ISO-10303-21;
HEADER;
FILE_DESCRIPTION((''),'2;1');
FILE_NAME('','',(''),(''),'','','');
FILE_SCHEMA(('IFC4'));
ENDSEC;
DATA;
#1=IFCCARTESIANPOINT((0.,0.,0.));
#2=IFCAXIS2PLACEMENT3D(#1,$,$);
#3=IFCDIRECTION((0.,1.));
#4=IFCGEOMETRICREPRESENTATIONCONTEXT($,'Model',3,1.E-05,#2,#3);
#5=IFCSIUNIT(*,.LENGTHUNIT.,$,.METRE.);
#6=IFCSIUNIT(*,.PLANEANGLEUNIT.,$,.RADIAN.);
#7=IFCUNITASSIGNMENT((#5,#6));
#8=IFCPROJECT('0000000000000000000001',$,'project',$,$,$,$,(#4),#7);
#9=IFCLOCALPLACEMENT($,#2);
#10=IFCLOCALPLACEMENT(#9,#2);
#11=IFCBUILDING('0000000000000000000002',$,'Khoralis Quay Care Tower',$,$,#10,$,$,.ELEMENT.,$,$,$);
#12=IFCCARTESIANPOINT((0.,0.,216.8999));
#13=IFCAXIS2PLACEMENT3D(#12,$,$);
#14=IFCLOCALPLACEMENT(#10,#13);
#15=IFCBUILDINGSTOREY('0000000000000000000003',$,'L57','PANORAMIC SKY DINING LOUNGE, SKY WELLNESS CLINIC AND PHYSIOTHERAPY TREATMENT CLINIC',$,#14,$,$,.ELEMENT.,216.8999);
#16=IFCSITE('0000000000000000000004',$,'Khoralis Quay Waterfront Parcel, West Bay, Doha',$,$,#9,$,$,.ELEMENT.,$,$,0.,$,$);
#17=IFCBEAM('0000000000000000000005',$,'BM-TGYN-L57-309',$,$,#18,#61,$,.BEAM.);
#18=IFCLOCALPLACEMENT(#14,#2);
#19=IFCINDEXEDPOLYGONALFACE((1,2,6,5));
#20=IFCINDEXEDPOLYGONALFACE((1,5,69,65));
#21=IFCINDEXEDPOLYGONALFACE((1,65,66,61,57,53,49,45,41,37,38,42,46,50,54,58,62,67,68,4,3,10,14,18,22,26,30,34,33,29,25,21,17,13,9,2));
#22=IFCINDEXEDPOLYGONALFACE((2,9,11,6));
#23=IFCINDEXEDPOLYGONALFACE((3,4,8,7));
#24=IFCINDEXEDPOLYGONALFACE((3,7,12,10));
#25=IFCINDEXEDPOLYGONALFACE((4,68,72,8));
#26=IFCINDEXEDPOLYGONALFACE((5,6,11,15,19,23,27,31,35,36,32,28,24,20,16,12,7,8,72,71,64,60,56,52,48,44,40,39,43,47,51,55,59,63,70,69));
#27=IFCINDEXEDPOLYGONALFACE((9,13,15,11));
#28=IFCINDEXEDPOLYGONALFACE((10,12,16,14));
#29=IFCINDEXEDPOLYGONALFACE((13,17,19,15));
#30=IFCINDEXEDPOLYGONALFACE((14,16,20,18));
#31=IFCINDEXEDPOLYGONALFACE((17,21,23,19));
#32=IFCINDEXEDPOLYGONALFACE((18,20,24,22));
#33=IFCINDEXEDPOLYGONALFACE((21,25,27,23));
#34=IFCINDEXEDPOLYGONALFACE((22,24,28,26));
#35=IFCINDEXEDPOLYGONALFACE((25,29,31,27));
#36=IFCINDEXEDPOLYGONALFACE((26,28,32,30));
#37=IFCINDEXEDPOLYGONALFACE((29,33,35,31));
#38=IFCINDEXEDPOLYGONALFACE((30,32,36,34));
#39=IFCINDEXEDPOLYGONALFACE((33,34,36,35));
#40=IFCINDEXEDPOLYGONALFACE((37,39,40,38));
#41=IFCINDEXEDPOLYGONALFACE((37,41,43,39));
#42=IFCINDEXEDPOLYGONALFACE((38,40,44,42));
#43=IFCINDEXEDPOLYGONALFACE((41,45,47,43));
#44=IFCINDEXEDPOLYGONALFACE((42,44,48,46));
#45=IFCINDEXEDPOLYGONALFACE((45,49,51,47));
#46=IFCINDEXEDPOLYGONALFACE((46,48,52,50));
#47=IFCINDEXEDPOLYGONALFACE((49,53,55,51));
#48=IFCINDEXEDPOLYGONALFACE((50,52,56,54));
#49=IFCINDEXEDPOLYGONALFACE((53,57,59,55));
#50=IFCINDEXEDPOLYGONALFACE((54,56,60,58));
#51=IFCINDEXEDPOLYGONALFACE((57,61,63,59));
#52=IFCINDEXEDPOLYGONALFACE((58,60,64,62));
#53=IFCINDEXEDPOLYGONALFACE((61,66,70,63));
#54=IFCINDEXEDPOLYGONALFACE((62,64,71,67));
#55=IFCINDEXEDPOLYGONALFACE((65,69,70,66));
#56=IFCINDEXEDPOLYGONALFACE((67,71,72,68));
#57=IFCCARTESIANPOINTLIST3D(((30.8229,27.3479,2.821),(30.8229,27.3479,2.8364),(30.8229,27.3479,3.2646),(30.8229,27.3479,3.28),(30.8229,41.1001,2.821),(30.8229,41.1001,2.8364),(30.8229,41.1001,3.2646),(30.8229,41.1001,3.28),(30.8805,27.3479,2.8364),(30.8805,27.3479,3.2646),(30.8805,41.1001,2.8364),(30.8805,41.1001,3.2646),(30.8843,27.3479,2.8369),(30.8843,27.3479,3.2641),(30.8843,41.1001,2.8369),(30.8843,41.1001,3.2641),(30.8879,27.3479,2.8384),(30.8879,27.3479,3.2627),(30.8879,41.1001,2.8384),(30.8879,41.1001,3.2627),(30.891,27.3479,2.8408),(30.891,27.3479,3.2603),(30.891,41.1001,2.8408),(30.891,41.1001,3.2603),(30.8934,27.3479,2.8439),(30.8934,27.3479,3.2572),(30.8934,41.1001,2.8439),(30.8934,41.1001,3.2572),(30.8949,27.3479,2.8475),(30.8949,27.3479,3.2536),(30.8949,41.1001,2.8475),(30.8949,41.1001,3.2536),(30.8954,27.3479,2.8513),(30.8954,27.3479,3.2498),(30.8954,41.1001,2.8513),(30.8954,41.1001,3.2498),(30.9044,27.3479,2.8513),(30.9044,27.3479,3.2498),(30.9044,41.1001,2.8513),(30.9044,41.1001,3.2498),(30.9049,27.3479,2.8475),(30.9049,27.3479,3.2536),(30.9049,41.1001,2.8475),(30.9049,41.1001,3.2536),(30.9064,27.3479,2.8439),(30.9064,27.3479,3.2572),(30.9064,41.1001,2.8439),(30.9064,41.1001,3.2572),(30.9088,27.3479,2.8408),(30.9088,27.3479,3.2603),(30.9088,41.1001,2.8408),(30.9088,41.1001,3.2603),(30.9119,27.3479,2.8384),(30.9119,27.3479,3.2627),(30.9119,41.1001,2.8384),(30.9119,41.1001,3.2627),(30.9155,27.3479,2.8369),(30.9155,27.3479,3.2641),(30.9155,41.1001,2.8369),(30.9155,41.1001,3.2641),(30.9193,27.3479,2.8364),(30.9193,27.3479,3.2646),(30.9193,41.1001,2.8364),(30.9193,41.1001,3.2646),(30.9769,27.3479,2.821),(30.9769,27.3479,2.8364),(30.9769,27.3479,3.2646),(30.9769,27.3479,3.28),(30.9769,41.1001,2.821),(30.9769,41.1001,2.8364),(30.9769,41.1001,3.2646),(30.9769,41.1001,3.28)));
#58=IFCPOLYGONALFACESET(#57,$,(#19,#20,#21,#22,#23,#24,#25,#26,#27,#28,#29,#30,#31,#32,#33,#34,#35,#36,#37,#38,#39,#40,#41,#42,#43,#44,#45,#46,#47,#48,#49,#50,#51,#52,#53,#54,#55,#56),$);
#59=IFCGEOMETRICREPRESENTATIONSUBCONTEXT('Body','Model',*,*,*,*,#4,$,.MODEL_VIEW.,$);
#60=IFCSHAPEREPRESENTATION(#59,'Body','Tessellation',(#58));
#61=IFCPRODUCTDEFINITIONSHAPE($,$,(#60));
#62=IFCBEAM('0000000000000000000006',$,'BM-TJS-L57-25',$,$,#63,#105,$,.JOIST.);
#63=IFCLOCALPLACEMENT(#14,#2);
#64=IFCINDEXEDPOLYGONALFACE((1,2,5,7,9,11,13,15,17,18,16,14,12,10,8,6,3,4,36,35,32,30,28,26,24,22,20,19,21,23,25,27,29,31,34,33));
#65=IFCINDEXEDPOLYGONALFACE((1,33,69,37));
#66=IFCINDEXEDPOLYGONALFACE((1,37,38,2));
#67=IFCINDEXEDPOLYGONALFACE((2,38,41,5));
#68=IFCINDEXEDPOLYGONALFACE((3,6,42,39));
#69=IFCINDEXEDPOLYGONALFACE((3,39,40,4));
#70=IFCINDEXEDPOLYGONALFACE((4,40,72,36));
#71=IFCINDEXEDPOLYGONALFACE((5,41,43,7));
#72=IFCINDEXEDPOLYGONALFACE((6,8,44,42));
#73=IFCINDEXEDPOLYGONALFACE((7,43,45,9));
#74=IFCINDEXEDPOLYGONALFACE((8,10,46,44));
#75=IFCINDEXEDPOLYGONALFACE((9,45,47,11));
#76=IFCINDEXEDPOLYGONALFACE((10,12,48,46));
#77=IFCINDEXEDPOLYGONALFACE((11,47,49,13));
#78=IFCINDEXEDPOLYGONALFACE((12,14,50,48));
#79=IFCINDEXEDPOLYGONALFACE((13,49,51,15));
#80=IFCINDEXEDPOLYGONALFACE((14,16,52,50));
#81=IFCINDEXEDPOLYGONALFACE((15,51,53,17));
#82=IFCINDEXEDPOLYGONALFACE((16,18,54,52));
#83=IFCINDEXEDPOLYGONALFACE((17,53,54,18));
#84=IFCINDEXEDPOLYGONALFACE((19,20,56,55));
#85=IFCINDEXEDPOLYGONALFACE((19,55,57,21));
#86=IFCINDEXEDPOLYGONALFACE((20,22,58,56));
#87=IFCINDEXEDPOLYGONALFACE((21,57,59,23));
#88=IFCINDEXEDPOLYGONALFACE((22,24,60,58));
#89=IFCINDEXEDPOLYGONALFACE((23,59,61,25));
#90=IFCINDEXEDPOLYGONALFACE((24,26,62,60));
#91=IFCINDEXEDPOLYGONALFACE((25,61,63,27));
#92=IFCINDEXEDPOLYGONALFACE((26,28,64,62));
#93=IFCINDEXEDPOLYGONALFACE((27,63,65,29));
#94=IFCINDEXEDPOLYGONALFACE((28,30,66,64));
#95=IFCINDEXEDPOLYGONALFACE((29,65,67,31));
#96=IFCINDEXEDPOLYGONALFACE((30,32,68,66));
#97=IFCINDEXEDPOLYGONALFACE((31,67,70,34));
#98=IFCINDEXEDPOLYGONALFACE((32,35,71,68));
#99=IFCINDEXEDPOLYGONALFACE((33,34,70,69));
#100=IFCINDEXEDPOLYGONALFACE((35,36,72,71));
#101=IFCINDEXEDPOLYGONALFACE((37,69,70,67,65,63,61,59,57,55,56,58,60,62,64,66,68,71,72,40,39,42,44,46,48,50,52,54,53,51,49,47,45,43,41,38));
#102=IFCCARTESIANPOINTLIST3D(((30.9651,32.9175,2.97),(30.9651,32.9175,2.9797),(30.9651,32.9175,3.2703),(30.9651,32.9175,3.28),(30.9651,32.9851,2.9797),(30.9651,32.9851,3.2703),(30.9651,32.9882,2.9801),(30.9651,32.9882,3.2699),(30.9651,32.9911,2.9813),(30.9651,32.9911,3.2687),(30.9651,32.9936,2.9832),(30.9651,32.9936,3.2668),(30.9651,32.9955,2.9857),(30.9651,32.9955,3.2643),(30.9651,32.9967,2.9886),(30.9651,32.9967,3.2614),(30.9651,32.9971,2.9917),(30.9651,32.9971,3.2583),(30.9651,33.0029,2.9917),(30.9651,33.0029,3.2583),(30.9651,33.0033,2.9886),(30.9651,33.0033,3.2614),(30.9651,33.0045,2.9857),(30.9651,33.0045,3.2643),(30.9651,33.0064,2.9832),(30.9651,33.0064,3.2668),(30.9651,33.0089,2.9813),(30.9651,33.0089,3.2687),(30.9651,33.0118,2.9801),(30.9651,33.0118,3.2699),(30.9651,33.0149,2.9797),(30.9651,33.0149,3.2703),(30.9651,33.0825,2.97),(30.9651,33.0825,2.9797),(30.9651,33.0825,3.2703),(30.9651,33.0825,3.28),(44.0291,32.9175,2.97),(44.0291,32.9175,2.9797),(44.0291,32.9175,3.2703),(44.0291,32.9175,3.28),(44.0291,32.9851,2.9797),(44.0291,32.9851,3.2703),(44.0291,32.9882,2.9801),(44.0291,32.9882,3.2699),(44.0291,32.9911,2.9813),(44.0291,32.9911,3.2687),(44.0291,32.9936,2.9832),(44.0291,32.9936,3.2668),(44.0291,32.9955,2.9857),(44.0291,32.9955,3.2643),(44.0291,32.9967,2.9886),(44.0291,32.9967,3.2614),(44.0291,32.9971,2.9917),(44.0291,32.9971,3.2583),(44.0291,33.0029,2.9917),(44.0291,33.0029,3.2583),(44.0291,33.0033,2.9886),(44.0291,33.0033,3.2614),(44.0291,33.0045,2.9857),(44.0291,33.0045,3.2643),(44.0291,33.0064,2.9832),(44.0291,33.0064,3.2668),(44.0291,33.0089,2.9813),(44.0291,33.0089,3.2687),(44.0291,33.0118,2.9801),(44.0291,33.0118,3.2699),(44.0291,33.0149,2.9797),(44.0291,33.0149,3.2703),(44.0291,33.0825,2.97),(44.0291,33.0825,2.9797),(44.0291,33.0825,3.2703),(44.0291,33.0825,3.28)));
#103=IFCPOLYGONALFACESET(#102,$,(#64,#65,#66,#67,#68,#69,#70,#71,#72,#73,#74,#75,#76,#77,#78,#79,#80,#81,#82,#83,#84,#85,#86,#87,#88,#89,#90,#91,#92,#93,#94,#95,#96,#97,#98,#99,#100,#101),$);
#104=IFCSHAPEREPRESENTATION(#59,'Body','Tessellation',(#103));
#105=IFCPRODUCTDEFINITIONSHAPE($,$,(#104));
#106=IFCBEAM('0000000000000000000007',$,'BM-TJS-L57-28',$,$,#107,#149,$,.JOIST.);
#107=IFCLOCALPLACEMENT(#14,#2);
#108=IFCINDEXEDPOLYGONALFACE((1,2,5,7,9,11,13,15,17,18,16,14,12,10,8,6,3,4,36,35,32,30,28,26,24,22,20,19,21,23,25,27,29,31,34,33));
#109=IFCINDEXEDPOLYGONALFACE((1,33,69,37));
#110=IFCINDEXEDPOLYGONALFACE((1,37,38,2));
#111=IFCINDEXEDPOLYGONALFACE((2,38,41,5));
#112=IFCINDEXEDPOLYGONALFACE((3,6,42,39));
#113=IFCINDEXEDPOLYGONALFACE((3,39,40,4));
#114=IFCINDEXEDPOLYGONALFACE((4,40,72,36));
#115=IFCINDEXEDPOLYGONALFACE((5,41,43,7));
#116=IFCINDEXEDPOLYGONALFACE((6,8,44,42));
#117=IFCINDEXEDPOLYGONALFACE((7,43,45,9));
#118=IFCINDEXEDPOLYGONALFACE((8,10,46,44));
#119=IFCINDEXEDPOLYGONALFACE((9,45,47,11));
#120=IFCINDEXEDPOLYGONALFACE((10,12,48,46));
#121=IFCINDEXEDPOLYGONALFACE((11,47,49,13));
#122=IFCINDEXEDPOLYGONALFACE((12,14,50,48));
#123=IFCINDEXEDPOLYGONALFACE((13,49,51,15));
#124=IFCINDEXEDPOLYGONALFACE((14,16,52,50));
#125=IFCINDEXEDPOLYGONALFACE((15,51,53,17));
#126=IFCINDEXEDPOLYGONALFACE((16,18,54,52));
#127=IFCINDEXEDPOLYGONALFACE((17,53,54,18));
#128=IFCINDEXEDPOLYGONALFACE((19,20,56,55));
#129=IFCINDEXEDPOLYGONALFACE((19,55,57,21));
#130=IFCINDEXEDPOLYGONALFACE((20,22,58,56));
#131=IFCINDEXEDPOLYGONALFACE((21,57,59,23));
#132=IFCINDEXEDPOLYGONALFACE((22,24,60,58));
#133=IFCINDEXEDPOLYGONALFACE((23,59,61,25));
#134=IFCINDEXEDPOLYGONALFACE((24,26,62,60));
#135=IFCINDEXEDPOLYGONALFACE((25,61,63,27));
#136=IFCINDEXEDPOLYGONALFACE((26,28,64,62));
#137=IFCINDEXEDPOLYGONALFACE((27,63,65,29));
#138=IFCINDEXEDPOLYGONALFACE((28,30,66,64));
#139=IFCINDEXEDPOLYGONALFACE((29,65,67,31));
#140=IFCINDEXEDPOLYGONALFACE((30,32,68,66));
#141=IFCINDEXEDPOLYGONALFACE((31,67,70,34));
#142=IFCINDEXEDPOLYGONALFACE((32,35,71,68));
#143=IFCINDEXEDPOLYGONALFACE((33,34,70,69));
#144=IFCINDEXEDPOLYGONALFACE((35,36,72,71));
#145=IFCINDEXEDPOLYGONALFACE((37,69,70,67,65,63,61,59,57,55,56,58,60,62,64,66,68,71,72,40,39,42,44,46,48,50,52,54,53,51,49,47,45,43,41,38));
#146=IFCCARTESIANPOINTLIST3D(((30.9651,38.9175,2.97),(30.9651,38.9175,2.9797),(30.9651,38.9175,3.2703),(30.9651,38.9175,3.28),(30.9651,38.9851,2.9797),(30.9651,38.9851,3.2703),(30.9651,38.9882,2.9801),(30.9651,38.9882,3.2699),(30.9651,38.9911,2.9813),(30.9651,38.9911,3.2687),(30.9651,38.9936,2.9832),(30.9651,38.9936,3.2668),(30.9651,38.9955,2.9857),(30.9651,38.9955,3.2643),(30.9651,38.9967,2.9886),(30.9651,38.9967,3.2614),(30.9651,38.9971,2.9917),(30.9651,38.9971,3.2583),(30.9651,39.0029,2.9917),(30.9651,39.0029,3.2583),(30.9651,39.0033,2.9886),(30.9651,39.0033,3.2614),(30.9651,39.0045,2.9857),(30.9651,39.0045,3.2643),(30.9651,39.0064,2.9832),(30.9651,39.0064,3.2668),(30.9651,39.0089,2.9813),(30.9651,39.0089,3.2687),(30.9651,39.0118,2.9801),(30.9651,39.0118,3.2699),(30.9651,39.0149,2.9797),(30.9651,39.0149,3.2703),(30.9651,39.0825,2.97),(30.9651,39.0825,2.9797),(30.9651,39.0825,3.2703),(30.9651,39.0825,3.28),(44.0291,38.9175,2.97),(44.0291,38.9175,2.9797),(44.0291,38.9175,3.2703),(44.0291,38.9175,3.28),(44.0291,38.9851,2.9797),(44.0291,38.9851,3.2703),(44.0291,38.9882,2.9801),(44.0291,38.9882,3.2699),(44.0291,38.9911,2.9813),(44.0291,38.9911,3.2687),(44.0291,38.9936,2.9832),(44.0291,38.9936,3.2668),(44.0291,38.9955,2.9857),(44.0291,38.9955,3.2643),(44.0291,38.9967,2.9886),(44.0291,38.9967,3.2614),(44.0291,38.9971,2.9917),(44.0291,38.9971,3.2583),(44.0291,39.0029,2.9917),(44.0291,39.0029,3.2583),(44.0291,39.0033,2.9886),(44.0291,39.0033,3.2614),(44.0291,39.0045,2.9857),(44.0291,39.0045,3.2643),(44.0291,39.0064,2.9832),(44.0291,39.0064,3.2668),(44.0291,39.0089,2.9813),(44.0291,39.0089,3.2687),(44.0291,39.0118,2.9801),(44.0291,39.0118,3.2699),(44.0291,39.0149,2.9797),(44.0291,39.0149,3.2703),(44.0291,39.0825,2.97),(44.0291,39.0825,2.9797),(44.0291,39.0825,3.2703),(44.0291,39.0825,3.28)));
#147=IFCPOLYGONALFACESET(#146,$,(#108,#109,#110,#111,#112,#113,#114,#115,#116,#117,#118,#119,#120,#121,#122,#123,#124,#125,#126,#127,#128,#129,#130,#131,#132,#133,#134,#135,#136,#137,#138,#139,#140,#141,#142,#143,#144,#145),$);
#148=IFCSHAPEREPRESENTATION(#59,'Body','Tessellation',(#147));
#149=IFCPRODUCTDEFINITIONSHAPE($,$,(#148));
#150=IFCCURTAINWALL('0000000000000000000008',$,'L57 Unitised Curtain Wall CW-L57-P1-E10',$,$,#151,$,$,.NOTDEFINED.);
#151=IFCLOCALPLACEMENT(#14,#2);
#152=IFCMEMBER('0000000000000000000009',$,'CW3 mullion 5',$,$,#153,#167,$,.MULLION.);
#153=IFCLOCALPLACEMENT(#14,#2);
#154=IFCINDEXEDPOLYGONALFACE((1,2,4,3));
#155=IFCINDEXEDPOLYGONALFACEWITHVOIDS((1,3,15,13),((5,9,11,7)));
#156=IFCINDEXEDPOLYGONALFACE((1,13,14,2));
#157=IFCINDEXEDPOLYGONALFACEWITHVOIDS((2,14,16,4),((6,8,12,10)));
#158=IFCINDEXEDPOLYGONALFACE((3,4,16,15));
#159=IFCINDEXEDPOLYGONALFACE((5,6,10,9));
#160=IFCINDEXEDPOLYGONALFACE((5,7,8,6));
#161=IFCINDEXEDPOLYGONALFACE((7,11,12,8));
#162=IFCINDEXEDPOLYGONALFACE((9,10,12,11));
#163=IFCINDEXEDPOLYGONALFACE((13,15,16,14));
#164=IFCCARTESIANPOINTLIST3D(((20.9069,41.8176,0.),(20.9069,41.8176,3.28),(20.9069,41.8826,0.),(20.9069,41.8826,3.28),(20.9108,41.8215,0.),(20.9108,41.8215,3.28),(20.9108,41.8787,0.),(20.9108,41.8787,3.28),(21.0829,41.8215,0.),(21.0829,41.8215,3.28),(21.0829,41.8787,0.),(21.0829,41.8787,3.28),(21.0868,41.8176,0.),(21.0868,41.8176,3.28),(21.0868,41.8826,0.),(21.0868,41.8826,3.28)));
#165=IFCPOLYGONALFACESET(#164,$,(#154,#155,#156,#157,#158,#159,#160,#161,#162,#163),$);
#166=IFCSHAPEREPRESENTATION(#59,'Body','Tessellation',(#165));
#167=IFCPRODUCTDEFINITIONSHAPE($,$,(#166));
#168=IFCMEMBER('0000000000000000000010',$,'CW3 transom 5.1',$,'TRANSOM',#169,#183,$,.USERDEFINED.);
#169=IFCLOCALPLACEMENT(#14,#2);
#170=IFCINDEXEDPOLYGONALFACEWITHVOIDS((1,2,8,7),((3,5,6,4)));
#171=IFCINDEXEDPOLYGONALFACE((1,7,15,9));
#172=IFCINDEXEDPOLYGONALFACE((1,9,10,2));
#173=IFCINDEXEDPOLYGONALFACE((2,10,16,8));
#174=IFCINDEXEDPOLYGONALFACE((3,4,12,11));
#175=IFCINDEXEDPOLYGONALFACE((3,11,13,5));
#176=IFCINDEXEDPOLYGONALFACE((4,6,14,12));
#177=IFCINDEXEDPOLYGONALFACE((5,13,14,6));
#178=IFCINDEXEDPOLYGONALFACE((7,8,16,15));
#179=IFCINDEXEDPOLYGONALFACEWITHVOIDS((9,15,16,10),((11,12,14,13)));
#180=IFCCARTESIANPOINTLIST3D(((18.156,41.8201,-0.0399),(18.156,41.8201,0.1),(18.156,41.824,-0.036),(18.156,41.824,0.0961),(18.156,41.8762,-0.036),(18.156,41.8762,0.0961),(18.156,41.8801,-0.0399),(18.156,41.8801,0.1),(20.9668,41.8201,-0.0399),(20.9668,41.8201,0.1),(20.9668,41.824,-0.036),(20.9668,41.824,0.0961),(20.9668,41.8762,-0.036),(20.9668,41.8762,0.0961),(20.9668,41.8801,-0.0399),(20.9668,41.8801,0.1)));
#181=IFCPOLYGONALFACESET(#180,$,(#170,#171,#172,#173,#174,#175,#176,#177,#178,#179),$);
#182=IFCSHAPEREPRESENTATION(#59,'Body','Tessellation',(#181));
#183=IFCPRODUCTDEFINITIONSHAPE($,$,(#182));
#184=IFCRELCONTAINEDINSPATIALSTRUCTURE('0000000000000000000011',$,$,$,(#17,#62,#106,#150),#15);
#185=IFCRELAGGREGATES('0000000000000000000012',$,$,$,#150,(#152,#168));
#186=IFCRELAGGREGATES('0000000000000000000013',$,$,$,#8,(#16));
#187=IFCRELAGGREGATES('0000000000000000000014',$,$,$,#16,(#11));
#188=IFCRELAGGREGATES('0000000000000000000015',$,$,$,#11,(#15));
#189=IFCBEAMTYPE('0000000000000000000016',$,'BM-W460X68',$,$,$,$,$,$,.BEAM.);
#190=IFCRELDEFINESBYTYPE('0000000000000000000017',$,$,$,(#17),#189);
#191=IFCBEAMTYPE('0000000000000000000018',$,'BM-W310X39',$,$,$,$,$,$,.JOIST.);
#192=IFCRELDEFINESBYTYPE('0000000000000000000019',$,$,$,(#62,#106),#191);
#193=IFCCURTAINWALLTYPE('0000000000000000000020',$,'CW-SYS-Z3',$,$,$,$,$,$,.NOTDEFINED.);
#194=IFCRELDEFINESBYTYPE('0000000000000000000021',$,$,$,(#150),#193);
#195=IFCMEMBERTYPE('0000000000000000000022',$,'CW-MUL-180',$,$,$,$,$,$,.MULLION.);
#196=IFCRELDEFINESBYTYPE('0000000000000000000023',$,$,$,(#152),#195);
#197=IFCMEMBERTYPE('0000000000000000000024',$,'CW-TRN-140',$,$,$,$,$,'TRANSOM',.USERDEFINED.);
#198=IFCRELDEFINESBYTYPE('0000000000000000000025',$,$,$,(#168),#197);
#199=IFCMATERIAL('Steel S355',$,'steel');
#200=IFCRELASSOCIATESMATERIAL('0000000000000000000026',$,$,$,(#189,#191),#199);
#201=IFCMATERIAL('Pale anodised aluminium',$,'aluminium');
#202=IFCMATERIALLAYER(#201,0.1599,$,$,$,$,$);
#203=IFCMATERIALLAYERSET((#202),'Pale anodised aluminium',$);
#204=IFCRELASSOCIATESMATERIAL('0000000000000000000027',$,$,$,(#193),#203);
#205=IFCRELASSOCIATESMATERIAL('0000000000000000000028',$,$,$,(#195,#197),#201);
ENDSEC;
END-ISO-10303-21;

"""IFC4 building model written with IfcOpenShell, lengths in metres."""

from ifc_helpers import new_model, si_unit, direction, frame, origin, origin_2d, place, context, subcontext, project, spatial, hollow_rectangle, i_section, extrude, source, transform, mapped, material, layer, layer_set, material_profile, profile_set, type_object, element, aggregate, save


model = new_model("IFC4")

# Units and contexts
model_context = context("Model", 3, precision=1e-05, world=origin(), true_north=direction((0.0, 1.0)))
body_context = subcontext(model_context, "Body", "Model", "MODEL_VIEW")
ifc_project = project(units=[si_unit("LENGTHUNIT", "METRE"), si_unit("PLANEANGLEUNIT", "RADIAN")], contexts=[model_context])

# Site, building, storey
site_placement = place(None, origin())
site = spatial("IfcSite", under=ifc_project, at=site_placement, Name="Khoralis Quay Waterfront Parcel, West Bay, Doha", CompositionType="ELEMENT", RefElevation=0.0)
building_placement = place(site_placement, origin())
building = spatial("IfcBuilding", under=site, at=building_placement, Name="Khoralis Quay Care Tower", CompositionType="ELEMENT")
storey_placement = place(building_placement, frame((0.0, 0.0, 216.8999)))
storey = spatial("IfcBuildingStorey", under=building, at=storey_placement, Name="L57", Description="PANORAMIC SKY DINING LOUNGE, SKY WELLNESS CLINIC AND PHYSIOTHERAPY TREATMENT CLINIC", CompositionType="ELEMENT", Elevation=216.8999)

# Beams
ifc_material_1 = material(Name="Steel S355", Category="steel")
ifc_material_profile_1 = material_profile(ifc_material_1, i_section(OverallWidth=0.1541, OverallDepth=0.459, WebThickness=0.009, FlangeThickness=0.0154, FilletRadius=0.0149, at=origin_2d()), Name="Steel S355")
ifc_profile_set_1 = profile_set([ifc_material_profile_1], Name="Steel S355")
beam_type_1 = type_object("IfcBeamType", Name="BM-W460X68", PredefinedType="BEAM", material=ifc_profile_set_1)
shared_shape_1 = source(origin(), body_context, "Body", "SweptSolid", [
    extrude(i_section(OverallWidth=0.1541, OverallDepth=0.459, WebThickness=0.009, FlangeThickness=0.0154, FilletRadius=0.0149, at=origin_2d()), origin(), (0.0, 0.0, 1.0), 13.7522),
])
beam_1_placement = place(storey_placement, frame((30.8999, 27.3479, 3.0505), z_axis=(0.0, 1.0, 0.0), x_axis=(-1.0, 0.0, 0.0)))
element("IfcBeam", 1, at=beam_1_placement, inside=storey, type_object=beam_type_1, Name="BM-TGYN-L57-309", PredefinedType="BEAM", context=body_context, shape_type="MappedRepresentation", body=[
    mapped(shared_shape_1, transform((0.0, 0.0, 0.0), scale=1.0)),
])
ifc_material_profile_2 = material_profile(ifc_material_1, i_section(OverallWidth=0.165, OverallDepth=0.3101, WebThickness=0.0059, FlangeThickness=0.0098, FilletRadius=0.012, at=origin_2d()), Name="Steel S355")
ifc_profile_set_2 = profile_set([ifc_material_profile_2], Name="Steel S355")
beam_type_2 = type_object("IfcBeamType", Name="BM-W310X39", PredefinedType="JOIST", material=ifc_profile_set_2)
shared_shape_2 = source(origin(), body_context, "Body", "SweptSolid", [
    extrude(i_section(OverallWidth=0.165, OverallDepth=0.3101, WebThickness=0.0059, FlangeThickness=0.0098, FilletRadius=0.012, at=origin_2d()), origin(), (0.0, 0.0, 1.0), 13.064),
])
for number, where, z_axis, x_axis, name in (
    (2, (30.9651, 33.0, 3.125), (1.0, 0.0, 0.0), (0.0, 1.0, 0.0), "BM-TJS-L57-25"),
    (3, (30.9651, 39.0, 3.125), (1.0, 0.0, 0.0), (0.0, 1.0, 0.0), "BM-TJS-L57-28"),
):
    element("IfcBeam", number, at=place(storey_placement, frame(where, z_axis=z_axis, x_axis=x_axis)), inside=storey, type_object=beam_type_2, Name=name, PredefinedType="JOIST", context=body_context, shape_type="MappedRepresentation", body=[
        mapped(shared_shape_2, transform((0.0, 0.0, 0.0), scale=1.0)),
    ])

# Curtain wall, members
ifc_material_2 = material(Name="Pale anodised aluminium", Category="aluminium")
ifc_layer_1 = layer(ifc_material_2, 0.1599)
ifc_layer_set_1 = layer_set([ifc_layer_1], Name="Pale anodised aluminium")
curtain_wall_type = type_object("IfcCurtainWallType", Name="CW-SYS-Z3", PredefinedType="NOTDEFINED", material=ifc_layer_set_1)
curtain_wall_placement = place(storey_placement, origin())
curtain_wall = element("IfcCurtainWall", 4, at=curtain_wall_placement, inside=storey, type_object=curtain_wall_type, Name="L57 Unitised Curtain Wall CW-L57-P1-E10", PredefinedType="NOTDEFINED")
ifc_material_profile_3 = material_profile(ifc_material_2, hollow_rectangle(XDim=0.0649, YDim=0.1799, WallThickness=0.0039, at=origin_2d()), Name="Pale anodised aluminium")
ifc_profile_set_3 = profile_set([ifc_material_profile_3], Name="Pale anodised aluminium")
member_type_1 = type_object("IfcMemberType", Name="CW-MUL-180", PredefinedType="MULLION", material=ifc_profile_set_3)
shared_shape_3 = source(origin(), body_context, "Body", "SweptSolid", [
    extrude(hollow_rectangle(XDim=0.0649, YDim=0.1799, WallThickness=0.0039, at=origin_2d()), origin(), (0.0, 0.0, 1.0), 3.28),
])
member_1_placement = place(storey_placement, frame((20.9968, 41.8501, 0.0), z_axis=(0.0, 0.0, 1.0), x_axis=(0.0, -1.0, 0.0)))
member_1 = element("IfcMember", 5, at=member_1_placement, type_object=member_type_1, Name="CW3 mullion 5", PredefinedType="MULLION", context=body_context, shape_type="MappedRepresentation", body=[
    mapped(shared_shape_3, transform((0.0, 0.0, 0.0), scale=1.0)),
])
ifc_material_profile_4 = material_profile(ifc_material_2, hollow_rectangle(XDim=0.0601, YDim=0.1399, WallThickness=0.0039, at=origin_2d()), Name="Pale anodised aluminium")
ifc_profile_set_4 = profile_set([ifc_material_profile_4], Name="Pale anodised aluminium")
member_type_2 = type_object("IfcMemberType", Name="CW-TRN-140", ElementType="TRANSOM", PredefinedType="USERDEFINED", material=ifc_profile_set_4)
shared_shape_4 = source(origin(), body_context, "Body", "SweptSolid", [
    extrude(hollow_rectangle(XDim=0.0601, YDim=0.1399, WallThickness=0.0039, at=origin_2d()), origin(), (0.0, 0.0, 1.0), 2.8108),
])
member_2_placement = place(storey_placement, frame((20.9668, 41.8501, 0.03), z_axis=(-1.0, 0.0, 0.0), x_axis=(0.0, -1.0, 0.0)))
member_2 = element("IfcMember", 6, at=member_2_placement, type_object=member_type_2, Name="CW3 transom 5.1", ObjectType="TRANSOM", PredefinedType="USERDEFINED", context=body_context, shape_type="MappedRepresentation", body=[
    mapped(shared_shape_4, transform((0.0, 0.0, 0.0), scale=1.0)),
])
aggregate(curtain_wall, [member_1, member_2])

save(model, "model.ifc")
